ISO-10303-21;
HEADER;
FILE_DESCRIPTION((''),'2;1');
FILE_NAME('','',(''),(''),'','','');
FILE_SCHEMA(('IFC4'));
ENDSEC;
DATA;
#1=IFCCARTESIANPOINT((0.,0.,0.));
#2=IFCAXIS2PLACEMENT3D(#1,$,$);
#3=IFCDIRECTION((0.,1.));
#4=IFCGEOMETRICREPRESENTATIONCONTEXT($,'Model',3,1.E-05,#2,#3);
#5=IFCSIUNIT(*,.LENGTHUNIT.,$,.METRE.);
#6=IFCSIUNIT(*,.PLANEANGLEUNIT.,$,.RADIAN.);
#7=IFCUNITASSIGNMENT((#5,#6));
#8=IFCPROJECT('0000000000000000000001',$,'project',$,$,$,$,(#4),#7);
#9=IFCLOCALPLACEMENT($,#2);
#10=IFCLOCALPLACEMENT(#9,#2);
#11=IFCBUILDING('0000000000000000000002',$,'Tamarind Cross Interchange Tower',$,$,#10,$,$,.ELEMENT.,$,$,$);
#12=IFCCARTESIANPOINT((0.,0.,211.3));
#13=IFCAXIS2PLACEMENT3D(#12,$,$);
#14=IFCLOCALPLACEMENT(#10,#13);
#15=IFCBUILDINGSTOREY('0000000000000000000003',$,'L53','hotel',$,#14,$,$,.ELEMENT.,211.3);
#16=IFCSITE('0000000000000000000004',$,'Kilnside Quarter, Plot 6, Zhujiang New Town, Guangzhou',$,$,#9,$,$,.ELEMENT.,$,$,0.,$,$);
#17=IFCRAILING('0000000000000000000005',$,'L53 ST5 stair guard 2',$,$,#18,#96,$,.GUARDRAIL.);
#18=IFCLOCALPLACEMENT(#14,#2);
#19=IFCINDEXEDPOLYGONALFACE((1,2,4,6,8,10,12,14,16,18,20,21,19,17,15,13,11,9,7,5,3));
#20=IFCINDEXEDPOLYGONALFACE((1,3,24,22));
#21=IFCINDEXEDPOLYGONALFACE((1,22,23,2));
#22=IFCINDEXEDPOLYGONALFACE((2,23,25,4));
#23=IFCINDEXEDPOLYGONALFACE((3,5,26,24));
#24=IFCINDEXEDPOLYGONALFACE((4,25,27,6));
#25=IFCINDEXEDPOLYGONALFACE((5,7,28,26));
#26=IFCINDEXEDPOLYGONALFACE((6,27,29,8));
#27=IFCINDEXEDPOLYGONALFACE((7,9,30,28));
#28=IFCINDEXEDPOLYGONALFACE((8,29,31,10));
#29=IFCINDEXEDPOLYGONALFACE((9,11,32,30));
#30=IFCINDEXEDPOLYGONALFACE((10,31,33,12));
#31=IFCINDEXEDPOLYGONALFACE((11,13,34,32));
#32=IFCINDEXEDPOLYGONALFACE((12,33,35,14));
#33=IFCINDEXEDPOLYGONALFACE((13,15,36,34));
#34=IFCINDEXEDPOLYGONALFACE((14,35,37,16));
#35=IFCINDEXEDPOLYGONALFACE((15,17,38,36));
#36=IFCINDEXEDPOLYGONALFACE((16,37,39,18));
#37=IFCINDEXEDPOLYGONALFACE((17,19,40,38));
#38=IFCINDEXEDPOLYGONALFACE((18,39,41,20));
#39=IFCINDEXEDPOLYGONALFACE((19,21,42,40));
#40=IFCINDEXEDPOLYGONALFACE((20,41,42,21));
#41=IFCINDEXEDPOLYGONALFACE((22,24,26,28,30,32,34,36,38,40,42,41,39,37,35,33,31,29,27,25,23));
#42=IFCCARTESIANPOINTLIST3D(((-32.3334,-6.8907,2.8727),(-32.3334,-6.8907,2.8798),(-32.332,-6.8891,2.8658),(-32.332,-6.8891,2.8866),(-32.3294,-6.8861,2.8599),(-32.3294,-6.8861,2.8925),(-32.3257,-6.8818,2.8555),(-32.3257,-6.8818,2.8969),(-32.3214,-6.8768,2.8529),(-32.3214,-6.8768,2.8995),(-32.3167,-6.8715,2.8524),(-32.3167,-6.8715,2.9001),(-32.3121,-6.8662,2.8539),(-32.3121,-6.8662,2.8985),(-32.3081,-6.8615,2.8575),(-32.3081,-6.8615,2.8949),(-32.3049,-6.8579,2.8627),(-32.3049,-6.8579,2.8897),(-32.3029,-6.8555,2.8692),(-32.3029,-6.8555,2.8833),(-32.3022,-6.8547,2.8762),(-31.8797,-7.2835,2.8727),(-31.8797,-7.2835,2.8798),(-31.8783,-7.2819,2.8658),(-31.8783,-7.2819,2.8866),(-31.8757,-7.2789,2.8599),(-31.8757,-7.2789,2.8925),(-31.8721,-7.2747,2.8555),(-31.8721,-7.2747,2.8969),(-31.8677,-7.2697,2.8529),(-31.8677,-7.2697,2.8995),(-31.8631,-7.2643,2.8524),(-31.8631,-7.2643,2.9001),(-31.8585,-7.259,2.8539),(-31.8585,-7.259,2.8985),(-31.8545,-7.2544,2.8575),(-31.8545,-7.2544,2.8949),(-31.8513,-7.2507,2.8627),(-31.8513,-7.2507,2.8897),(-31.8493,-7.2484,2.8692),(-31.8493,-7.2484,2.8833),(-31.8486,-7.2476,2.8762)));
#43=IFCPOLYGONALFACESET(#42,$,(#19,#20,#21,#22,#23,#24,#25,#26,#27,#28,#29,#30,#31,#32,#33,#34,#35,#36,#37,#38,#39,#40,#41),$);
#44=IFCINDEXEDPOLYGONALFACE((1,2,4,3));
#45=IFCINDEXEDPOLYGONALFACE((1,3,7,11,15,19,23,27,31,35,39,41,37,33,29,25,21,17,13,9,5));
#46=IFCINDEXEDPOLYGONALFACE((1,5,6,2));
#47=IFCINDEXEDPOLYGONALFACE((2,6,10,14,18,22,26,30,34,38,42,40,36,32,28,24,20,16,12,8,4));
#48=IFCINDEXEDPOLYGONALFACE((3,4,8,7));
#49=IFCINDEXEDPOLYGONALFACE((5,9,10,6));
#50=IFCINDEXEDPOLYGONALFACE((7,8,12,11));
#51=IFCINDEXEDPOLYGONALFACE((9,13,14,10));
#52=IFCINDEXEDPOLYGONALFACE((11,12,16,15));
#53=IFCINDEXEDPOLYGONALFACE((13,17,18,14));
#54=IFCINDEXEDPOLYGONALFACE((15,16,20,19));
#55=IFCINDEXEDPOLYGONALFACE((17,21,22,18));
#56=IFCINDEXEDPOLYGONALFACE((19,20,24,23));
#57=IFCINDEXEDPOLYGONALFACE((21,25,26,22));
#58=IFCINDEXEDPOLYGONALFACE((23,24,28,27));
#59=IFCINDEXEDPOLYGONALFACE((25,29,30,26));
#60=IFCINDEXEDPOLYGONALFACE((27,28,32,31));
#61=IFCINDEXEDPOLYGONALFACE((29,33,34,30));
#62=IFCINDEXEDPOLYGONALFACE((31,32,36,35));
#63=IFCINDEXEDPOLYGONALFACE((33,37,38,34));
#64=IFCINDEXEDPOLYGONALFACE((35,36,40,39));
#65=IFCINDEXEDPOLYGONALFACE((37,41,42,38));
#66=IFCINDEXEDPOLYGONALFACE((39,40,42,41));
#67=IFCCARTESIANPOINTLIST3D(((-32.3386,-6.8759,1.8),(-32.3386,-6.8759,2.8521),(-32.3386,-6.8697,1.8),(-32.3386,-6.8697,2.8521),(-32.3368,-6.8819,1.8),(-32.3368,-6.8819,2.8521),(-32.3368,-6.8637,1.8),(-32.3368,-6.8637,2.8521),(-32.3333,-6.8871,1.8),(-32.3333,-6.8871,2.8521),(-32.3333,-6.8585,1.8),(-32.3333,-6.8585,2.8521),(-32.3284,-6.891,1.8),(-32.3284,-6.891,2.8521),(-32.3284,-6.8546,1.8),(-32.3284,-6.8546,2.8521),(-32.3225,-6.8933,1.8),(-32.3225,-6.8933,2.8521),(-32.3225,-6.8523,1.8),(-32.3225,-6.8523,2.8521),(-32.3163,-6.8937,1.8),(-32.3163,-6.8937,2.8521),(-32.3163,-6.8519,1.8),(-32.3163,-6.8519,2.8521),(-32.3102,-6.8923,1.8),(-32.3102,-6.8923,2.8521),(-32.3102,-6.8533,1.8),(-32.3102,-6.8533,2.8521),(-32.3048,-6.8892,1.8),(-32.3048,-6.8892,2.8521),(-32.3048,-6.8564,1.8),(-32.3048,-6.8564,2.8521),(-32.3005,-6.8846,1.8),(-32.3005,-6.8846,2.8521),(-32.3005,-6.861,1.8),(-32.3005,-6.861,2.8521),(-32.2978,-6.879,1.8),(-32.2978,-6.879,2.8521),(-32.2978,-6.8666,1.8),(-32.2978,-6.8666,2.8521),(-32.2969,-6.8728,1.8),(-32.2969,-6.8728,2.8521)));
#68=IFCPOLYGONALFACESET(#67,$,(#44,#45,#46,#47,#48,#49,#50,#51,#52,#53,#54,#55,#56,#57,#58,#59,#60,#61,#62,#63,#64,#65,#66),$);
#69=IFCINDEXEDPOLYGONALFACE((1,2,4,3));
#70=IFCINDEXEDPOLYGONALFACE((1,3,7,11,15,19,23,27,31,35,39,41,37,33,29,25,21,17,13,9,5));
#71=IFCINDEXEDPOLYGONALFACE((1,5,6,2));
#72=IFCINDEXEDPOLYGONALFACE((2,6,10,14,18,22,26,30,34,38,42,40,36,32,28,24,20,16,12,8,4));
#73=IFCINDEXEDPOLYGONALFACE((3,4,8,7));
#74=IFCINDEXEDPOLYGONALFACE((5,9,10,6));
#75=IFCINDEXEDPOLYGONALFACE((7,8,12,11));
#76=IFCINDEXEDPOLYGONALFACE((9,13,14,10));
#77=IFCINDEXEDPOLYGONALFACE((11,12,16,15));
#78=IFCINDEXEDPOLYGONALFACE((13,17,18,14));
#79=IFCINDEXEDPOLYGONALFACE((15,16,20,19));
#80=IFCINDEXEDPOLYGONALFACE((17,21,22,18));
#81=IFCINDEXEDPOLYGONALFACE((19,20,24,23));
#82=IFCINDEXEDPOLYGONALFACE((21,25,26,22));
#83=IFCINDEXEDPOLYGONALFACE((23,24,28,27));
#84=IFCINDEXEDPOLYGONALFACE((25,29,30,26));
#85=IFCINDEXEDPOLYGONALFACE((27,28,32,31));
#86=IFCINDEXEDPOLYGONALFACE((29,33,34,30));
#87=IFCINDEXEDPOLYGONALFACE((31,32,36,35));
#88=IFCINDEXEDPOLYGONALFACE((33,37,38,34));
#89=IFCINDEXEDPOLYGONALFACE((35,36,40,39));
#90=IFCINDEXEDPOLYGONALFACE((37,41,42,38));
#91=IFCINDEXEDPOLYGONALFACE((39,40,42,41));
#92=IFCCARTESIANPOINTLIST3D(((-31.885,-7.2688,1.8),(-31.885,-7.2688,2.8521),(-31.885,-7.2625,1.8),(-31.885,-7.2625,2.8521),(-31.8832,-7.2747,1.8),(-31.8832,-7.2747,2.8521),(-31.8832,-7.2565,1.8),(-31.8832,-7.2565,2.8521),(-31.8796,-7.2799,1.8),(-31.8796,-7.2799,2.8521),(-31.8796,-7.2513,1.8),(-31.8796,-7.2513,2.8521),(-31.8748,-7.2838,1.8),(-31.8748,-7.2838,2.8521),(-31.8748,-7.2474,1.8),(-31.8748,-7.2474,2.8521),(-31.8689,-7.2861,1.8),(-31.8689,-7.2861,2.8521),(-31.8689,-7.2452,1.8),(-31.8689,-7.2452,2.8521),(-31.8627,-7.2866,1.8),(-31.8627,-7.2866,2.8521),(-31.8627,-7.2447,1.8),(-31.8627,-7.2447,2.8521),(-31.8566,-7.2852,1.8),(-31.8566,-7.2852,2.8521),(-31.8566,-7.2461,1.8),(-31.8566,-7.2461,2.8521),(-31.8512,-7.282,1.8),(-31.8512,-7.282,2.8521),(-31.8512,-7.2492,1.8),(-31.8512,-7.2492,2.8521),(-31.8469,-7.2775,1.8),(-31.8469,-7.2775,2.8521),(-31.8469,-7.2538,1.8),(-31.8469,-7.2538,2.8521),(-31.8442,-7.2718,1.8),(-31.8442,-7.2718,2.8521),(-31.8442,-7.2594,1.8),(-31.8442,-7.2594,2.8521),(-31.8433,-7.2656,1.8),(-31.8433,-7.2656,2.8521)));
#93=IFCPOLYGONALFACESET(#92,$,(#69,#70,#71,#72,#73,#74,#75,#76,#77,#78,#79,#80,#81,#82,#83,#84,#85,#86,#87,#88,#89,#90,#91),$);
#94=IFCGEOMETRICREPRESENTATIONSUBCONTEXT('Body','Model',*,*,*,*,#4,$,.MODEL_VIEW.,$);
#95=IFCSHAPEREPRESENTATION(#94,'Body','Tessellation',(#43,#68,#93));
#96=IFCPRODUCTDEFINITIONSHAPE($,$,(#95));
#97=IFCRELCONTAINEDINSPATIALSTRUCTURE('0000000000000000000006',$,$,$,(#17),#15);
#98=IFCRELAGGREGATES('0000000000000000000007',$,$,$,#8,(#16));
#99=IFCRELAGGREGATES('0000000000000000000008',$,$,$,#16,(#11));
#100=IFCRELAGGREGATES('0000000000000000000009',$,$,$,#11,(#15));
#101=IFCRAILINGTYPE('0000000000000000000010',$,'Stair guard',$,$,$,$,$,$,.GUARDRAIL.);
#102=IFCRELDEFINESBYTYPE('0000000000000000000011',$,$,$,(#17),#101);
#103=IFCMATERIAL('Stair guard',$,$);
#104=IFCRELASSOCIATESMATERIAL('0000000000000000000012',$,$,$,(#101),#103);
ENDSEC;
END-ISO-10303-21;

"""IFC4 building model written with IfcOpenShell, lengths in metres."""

from ifc_helpers import new_model, si_unit, direction, frame, origin, origin_2d, place, context, subcontext, project, spatial, circle, extrude, material, type_object, element, save


model = new_model("IFC4")

# Units and contexts
model_context = context("Model", 3, precision=1e-05, world=origin(), true_north=direction((0.0, 1.0)))
body_context = subcontext(model_context, "Body", "Model", "MODEL_VIEW")
ifc_project = project(units=[si_unit("LENGTHUNIT", "METRE"), si_unit("PLANEANGLEUNIT", "RADIAN")], contexts=[model_context])

# Site, building, storey
site_placement = place(None, origin())
site = spatial("IfcSite", under=ifc_project, at=site_placement, Name="Kilnside Quarter, Plot 6, Zhujiang New Town, Guangzhou", CompositionType="ELEMENT", RefElevation=0.0)
building_placement = place(site_placement, origin())
building = spatial("IfcBuilding", under=site, at=building_placement, Name="Tamarind Cross Interchange Tower", CompositionType="ELEMENT")
storey_placement = place(building_placement, frame((0.0, 0.0, 211.3)))
storey = spatial("IfcBuildingStorey", under=building, at=storey_placement, Name="L53", Description="hotel", CompositionType="ELEMENT", Elevation=211.3)

# Railing
ifc_material_1 = material(Name="Stair guard")
railing_type_1 = type_object("IfcRailingType", Name="Stair guard", PredefinedType="GUARDRAIL", material=ifc_material_1)
railing_1_placement = place(storey_placement, frame((-32.3179, -6.8728, 1.8)))
element("IfcRailing", 1, at=railing_1_placement, inside=storey, type_object=railing_type_1, Name="L53 ST5 stair guard 2", PredefinedType="GUARDRAIL", context=body_context, shape_type="SweptSolid", body=[
    extrude(circle(Radius=0.0239, at=origin_2d()), frame((0.0, 0.0, 1.0762), z_axis=(0.755944, -0.654636, 0.0), x_axis=(0.654636, 0.755944, 0.0)), (0.0, 0.0, 1.0), 0.6001),
    extrude(circle(Radius=0.021, at=origin_2d()), origin(), (0.0, 0.0, 1.0), 1.052),
    extrude(circle(Radius=0.021, at=origin_2d()), frame((0.4536, -0.3928, 0.0)), (0.0, 0.0, 1.0), 1.052),
])

save(model, "model.ifc")
